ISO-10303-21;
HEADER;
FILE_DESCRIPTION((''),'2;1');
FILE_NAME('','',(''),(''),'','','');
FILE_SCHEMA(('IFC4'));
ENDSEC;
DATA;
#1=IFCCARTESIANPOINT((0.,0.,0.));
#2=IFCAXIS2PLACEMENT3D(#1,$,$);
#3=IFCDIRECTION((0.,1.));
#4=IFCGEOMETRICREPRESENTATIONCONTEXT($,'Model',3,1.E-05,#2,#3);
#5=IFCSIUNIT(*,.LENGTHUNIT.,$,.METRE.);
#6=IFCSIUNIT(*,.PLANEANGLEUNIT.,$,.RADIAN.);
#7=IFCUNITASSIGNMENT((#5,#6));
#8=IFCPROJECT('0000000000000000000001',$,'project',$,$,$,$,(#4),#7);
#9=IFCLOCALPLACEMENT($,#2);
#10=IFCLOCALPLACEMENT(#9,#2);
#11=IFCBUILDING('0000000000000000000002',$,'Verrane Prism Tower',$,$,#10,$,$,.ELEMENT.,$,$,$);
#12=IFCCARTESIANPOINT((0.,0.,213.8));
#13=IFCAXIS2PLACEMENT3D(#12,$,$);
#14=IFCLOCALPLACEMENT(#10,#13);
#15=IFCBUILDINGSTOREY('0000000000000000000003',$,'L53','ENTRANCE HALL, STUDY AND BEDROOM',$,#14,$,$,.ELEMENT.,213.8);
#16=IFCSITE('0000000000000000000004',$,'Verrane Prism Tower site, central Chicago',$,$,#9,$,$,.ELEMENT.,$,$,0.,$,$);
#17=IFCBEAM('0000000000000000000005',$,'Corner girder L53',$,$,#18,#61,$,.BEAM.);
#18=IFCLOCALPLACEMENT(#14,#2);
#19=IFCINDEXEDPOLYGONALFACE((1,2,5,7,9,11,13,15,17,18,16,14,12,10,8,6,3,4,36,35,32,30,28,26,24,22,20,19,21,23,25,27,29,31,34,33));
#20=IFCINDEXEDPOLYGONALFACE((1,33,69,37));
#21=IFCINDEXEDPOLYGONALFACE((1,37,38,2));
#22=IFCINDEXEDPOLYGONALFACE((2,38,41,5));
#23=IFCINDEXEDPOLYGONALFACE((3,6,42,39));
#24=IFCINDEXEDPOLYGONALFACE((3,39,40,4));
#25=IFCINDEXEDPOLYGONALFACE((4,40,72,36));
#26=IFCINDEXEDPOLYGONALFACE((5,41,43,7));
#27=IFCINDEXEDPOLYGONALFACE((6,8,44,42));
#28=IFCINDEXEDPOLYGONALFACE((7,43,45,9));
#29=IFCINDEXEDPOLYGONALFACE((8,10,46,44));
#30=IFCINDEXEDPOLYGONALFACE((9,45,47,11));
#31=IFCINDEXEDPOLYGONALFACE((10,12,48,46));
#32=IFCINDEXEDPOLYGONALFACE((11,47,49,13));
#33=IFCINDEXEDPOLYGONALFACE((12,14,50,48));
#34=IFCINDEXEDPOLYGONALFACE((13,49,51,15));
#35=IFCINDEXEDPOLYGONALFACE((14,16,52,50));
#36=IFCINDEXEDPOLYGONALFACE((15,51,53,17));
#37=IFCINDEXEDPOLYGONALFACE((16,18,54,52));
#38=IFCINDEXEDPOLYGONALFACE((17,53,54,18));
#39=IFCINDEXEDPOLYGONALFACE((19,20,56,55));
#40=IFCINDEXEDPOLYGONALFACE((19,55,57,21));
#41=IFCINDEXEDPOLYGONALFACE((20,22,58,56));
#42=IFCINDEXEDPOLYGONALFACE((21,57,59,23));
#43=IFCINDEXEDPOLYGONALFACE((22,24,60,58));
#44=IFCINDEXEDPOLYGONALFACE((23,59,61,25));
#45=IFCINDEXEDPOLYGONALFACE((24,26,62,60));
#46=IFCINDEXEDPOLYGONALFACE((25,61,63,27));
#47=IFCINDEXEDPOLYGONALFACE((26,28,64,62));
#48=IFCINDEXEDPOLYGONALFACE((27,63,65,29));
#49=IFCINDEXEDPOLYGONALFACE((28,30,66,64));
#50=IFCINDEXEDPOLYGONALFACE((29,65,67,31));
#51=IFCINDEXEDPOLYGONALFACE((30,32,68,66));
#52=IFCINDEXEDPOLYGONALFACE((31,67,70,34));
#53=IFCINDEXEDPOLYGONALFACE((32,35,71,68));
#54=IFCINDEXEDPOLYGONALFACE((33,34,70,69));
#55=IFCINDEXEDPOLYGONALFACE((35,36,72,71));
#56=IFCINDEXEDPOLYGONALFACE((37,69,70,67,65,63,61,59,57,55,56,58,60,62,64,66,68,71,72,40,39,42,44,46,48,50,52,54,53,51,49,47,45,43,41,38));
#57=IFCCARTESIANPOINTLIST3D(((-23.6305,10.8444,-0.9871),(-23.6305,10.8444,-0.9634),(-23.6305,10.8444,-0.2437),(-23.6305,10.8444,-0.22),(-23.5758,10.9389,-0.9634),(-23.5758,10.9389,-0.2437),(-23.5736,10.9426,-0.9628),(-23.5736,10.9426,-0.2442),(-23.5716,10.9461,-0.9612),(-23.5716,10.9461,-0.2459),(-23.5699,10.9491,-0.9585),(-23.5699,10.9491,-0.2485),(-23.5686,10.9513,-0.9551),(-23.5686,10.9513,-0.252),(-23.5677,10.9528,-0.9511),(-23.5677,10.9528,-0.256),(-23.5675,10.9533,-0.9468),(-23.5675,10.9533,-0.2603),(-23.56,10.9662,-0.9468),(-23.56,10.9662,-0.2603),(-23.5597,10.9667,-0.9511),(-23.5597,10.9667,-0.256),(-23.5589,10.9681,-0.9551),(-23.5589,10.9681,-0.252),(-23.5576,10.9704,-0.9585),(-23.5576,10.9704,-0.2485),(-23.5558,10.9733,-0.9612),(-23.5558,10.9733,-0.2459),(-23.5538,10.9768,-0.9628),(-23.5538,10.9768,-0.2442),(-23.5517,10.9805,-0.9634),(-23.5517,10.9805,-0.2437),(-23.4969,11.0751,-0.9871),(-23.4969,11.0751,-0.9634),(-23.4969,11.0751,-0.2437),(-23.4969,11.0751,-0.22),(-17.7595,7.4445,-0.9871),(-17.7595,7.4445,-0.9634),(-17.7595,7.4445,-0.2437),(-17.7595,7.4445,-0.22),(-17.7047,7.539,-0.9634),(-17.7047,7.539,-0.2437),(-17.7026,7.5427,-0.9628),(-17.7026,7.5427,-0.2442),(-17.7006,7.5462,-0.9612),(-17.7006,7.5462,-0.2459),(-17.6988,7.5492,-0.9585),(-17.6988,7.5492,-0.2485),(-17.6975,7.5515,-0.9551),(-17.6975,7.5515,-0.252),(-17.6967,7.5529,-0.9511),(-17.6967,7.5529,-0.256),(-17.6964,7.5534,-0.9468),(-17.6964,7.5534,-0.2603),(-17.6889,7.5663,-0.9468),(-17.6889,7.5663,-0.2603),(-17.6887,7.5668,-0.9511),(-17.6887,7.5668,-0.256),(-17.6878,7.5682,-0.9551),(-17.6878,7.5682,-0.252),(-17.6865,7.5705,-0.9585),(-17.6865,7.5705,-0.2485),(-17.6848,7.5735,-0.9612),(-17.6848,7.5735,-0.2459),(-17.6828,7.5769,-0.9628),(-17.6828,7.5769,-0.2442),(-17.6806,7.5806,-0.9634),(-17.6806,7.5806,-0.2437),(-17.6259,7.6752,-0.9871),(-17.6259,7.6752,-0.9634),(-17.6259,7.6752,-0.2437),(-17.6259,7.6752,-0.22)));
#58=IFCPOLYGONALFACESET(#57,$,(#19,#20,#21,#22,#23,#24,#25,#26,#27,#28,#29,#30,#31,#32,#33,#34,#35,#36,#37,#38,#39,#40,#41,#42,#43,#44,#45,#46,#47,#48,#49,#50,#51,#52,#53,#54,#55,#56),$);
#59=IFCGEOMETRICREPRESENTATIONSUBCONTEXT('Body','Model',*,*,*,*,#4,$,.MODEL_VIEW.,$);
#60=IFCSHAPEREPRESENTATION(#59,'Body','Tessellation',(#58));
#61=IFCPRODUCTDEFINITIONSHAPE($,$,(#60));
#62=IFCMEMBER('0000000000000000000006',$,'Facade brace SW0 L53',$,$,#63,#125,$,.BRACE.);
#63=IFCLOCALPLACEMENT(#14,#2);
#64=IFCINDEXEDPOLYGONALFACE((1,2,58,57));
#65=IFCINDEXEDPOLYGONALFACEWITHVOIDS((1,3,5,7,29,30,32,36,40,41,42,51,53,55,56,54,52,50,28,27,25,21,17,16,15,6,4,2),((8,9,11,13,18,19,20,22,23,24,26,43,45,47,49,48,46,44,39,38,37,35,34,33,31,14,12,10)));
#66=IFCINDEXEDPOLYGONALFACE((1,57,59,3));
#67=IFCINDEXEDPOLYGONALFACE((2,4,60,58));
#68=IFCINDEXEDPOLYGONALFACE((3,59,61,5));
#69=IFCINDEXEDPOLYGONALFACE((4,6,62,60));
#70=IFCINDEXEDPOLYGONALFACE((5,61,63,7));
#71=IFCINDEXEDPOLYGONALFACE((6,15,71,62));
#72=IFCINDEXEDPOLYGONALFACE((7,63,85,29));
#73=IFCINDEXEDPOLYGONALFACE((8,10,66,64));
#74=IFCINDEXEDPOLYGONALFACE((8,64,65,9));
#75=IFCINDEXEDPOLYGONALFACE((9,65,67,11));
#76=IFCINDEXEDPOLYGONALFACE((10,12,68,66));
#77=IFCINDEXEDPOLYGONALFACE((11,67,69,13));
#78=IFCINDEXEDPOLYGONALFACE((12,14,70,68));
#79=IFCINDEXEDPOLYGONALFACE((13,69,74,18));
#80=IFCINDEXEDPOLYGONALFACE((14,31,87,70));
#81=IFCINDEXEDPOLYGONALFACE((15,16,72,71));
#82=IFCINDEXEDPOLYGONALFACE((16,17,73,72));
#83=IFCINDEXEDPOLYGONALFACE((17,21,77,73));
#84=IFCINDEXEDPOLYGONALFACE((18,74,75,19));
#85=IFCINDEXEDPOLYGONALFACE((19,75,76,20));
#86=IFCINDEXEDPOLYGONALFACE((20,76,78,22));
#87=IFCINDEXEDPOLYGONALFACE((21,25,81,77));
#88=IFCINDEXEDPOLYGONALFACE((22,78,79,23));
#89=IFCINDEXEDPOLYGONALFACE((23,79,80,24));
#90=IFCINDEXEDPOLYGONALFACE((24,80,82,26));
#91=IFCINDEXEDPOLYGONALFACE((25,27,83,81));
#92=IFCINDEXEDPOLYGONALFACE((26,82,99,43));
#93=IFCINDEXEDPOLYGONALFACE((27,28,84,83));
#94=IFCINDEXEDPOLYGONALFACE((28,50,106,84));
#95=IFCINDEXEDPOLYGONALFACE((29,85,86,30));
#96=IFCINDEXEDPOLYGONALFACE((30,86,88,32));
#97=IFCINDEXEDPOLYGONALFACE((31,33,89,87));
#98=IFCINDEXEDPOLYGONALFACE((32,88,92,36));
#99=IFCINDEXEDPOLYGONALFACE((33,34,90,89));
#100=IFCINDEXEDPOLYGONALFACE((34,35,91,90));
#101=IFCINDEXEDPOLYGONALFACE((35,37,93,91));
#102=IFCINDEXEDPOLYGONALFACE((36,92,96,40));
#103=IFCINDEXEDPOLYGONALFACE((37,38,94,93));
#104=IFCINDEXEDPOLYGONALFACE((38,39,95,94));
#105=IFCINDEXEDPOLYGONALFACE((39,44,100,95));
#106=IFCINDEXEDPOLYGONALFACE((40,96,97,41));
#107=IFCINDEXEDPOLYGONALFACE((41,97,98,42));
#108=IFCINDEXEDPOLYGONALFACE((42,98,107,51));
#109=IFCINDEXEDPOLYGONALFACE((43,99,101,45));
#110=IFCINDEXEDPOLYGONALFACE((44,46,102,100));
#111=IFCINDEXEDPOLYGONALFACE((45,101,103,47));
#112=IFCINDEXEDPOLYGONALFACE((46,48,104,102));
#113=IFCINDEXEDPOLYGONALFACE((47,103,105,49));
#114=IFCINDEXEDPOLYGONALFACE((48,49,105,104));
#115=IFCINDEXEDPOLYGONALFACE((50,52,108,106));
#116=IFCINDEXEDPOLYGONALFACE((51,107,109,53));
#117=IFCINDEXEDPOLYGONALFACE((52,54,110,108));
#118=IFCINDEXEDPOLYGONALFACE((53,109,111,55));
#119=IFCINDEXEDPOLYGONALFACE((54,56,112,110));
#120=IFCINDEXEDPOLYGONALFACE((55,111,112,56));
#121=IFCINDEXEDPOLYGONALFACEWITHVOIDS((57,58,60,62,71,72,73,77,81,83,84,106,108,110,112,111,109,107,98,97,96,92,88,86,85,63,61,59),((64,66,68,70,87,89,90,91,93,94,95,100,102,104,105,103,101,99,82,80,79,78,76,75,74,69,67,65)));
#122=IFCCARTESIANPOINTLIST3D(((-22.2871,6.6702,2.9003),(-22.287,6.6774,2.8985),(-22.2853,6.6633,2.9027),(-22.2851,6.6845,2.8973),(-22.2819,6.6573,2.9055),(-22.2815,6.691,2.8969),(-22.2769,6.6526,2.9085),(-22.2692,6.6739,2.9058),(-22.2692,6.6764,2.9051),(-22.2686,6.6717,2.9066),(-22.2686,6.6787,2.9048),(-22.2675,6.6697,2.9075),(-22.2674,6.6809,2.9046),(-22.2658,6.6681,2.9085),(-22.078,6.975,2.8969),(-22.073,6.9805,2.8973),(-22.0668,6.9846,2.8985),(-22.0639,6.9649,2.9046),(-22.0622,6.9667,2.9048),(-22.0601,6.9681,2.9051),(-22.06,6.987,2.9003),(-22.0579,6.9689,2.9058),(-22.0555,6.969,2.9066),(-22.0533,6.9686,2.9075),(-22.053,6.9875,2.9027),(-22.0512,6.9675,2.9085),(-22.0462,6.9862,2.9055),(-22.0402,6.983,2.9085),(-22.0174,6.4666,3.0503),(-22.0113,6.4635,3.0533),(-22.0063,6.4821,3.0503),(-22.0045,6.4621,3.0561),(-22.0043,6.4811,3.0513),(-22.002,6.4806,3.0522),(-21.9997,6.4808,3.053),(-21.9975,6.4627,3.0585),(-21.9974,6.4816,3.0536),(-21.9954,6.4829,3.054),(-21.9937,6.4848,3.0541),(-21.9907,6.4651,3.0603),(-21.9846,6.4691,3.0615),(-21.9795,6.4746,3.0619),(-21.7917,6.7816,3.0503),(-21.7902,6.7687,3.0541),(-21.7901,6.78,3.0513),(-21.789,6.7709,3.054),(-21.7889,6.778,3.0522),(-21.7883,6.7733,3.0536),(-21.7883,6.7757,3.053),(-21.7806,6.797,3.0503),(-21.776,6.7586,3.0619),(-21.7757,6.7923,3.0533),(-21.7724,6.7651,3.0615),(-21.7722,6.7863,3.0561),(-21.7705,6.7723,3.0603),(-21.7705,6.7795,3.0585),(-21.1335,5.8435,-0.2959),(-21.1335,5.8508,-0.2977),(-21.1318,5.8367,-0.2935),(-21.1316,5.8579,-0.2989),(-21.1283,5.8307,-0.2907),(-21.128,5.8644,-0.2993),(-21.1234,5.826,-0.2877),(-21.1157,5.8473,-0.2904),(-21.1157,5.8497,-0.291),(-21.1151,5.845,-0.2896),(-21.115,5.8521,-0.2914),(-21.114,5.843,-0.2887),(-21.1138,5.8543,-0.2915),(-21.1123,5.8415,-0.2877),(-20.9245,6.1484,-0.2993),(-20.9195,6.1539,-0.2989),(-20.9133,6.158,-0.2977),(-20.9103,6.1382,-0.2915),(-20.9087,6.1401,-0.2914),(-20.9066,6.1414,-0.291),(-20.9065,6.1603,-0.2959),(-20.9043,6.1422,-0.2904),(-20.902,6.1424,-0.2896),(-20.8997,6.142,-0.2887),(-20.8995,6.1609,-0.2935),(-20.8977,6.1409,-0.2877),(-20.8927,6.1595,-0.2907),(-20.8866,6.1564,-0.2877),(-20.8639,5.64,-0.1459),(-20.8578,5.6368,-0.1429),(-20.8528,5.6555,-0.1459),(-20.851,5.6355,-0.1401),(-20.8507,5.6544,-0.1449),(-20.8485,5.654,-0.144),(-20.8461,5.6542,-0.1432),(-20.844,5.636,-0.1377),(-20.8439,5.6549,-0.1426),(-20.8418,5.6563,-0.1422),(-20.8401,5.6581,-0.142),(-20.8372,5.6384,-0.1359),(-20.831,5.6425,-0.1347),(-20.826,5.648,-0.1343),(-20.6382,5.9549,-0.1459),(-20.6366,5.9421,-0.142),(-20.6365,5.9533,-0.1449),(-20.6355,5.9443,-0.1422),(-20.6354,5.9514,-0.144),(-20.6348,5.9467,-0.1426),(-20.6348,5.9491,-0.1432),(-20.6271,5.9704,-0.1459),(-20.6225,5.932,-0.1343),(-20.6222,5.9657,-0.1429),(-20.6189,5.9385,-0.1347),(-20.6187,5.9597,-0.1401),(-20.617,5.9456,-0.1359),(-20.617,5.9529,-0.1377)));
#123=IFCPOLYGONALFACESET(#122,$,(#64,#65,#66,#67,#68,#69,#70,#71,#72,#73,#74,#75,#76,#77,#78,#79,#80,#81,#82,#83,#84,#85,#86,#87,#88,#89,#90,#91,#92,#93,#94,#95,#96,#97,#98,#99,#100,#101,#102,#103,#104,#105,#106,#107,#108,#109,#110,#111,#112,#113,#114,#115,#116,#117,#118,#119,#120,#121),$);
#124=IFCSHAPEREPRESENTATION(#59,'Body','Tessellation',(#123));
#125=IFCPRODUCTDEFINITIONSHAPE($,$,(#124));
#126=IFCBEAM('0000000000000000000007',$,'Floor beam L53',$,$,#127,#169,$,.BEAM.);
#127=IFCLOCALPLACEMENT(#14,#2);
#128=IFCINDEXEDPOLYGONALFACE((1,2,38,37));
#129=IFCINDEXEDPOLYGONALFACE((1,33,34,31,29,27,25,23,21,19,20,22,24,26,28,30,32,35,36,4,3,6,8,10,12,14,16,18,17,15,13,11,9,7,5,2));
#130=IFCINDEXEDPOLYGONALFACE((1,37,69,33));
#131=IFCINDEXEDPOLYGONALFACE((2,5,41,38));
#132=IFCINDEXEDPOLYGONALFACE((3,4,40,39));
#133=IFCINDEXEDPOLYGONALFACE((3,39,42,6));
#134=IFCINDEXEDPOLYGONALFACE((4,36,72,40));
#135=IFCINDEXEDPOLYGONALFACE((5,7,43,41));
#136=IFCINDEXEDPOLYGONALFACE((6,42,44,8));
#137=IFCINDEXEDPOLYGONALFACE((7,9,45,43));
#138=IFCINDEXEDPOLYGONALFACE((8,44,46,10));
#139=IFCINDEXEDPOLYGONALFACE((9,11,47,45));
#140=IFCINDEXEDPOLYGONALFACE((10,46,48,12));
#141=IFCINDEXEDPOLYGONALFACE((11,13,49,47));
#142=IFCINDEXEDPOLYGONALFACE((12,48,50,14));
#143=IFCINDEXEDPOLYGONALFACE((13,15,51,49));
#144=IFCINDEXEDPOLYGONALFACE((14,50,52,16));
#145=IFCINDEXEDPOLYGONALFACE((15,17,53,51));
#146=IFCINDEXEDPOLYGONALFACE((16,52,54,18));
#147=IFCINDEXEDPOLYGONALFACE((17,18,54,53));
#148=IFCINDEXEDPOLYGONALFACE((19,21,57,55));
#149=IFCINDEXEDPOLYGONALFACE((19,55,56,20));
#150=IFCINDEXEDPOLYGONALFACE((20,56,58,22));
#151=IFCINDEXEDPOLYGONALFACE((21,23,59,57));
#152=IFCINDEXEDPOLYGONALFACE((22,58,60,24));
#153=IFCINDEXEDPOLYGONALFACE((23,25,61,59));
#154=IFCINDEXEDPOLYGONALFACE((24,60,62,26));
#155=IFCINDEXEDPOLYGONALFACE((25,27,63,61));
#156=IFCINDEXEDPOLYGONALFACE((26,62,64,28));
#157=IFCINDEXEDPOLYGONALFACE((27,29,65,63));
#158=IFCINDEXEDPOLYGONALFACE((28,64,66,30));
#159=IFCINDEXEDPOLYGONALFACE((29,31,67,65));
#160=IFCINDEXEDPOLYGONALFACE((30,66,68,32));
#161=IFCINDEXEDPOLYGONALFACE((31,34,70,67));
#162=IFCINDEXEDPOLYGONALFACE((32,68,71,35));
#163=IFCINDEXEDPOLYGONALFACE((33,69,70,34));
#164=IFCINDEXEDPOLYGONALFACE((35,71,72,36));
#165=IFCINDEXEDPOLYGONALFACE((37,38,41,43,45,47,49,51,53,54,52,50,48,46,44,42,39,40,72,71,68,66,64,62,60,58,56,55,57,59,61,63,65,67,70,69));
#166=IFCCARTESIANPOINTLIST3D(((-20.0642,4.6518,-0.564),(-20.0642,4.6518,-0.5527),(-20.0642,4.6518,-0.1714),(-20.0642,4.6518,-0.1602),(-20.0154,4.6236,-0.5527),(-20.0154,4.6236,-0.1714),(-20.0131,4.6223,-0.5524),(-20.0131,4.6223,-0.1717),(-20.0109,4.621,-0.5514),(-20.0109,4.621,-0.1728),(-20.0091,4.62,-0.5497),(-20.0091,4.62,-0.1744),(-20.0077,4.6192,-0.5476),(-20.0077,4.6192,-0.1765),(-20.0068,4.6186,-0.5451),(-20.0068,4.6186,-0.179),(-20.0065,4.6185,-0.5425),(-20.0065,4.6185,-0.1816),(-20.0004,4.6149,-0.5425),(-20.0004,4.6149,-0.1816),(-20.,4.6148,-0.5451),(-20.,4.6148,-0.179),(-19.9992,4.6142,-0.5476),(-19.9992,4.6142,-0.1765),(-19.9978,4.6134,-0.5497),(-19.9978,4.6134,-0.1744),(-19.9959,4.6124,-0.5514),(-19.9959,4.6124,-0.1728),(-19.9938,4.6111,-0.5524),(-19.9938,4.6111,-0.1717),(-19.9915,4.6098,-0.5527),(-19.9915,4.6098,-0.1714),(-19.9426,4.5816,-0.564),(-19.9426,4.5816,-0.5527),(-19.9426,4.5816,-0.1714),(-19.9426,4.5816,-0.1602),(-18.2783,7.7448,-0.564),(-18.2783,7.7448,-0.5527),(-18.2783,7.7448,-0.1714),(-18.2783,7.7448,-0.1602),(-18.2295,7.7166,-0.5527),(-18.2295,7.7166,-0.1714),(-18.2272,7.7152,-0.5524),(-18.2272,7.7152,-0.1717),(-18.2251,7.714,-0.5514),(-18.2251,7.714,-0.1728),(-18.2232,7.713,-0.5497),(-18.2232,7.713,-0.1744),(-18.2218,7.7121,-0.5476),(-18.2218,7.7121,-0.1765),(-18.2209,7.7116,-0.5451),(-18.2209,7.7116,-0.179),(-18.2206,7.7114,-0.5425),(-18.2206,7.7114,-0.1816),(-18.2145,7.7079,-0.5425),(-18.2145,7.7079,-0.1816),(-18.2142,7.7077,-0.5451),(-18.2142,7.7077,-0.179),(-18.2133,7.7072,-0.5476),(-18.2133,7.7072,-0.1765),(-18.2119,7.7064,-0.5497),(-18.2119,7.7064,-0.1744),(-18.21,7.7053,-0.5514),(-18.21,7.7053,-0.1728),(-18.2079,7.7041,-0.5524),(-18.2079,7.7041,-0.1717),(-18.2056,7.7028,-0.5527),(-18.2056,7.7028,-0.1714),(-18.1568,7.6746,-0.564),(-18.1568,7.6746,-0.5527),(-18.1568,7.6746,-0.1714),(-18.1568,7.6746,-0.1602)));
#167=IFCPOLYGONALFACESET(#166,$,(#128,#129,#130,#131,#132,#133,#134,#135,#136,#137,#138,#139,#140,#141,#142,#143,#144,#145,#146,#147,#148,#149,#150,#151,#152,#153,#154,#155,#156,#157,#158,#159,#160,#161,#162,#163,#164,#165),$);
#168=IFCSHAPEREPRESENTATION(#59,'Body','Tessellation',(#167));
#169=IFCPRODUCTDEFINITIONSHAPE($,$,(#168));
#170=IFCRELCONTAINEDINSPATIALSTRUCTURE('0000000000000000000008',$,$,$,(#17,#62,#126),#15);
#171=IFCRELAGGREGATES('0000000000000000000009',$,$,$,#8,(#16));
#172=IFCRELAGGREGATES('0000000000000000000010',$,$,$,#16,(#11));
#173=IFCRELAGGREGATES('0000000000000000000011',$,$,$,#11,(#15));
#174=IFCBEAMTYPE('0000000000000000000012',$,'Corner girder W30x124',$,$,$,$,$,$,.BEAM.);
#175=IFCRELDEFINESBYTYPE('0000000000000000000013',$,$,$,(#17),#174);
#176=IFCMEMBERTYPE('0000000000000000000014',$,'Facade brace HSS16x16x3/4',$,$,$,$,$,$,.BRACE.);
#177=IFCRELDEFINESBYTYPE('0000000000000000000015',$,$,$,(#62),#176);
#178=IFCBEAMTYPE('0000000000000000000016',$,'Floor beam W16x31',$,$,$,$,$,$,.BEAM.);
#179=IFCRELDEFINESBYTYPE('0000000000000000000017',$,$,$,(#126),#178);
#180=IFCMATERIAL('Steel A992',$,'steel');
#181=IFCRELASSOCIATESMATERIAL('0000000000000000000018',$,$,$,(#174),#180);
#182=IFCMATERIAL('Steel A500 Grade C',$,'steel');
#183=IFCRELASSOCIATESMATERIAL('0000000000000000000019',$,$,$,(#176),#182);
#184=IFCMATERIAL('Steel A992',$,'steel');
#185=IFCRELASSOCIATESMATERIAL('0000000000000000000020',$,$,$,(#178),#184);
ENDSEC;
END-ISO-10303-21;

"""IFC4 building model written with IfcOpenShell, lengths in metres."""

from ifc_helpers import new_model, si_unit, direction, frame, origin, origin_2d, place, context, subcontext, project, spatial, hollow_rectangle, i_section, extrude, material, material_profile, profile_set, type_object, element, save


model = new_model("IFC4")

# Units and contexts
model_context = context("Model", 3, precision=1e-05, world=origin(), true_north=direction((0.0, 1.0)))
body_context = subcontext(model_context, "Body", "Model", "MODEL_VIEW")
ifc_project = project(units=[si_unit("LENGTHUNIT", "METRE"), si_unit("PLANEANGLEUNIT", "RADIAN")], contexts=[model_context])

# Site, building, storey
site_placement = place(None, origin())
site = spatial("IfcSite", under=ifc_project, at=site_placement, Name="Verrane Prism Tower site, central Chicago", CompositionType="ELEMENT", RefElevation=0.0)
building_placement = place(site_placement, origin())
building = spatial("IfcBuilding", under=site, at=building_placement, Name="Verrane Prism Tower", CompositionType="ELEMENT")
storey_placement = place(building_placement, frame((0.0, 0.0, 213.8)))
storey = spatial("IfcBuildingStorey", under=building, at=storey_placement, Name="L53", Description="ENTRANCE HALL, STUDY AND BEDROOM", CompositionType="ELEMENT", Elevation=213.8)

# Beam
ifc_material_1 = material(Name="Steel A992", Category="steel")
ifc_material_profile_1 = material_profile(ifc_material_1, i_section(OverallWidth=0.2666, OverallDepth=0.7671, WebThickness=0.0149, FlangeThickness=0.0237, FilletRadius=0.0166, at=origin_2d()), Name="W30x124")
ifc_profile_set_1 = profile_set([ifc_material_profile_1], Name="Steel A992")
beam_type_1 = type_object("IfcBeamType", Name="Corner girder W30x124", PredefinedType="BEAM", material=ifc_profile_set_1)
beam_1_placement = place(storey_placement, frame((-23.5637, 10.9597, -0.6035), z_axis=(0.865372, -0.50113, 0.0), x_axis=(0.50113, 0.865372, 0.0)))
element("IfcBeam", 1, at=beam_1_placement, inside=storey, type_object=beam_type_1, Name="Corner girder L53", PredefinedType="BEAM", context=body_context, shape_type="SweptSolid", body=[
    extrude(i_section(OverallWidth=0.2666, OverallDepth=0.7671, WebThickness=0.0149, FlangeThickness=0.0237, FilletRadius=0.0166, at=origin_2d()), origin(), (0.0, 0.0, 1.0), 6.7844),
])

# Member
ifc_material_2 = material(Name="Steel A500 Grade C", Category="steel")
ifc_material_profile_2 = material_profile(ifc_material_2, hollow_rectangle(XDim=0.4065, YDim=0.4065, WallThickness=0.019, InnerFilletRadius=0.0095, OuterFilletRadius=0.0286, at=origin_2d()), Name="HSS16x16x3/4")
ifc_profile_set_2 = profile_set([ifc_material_profile_2], Name="Steel A500 Grade C")
member_type_1 = type_object("IfcMemberType", Name="Facade brace HSS16x16x3/4", PredefinedType="BRACE", material=ifc_profile_set_2)
member_1_placement = place(storey_placement, frame((-20.8752, 5.8982, -0.2168), z_axis=(-0.329855, 0.236378, 0.913959), x_axis=(-0.582491, -0.812837, 0.0)))
element("IfcMember", 2, at=member_1_placement, inside=storey, type_object=member_type_1, Name="Facade brace SW0 L53", PredefinedType="BRACE", context=body_context, shape_type="SweptSolid", body=[
    extrude(hollow_rectangle(XDim=0.4065, YDim=0.4065, WallThickness=0.019, InnerFilletRadius=0.0095, OuterFilletRadius=0.0286, at=origin_2d()), origin(), (0.0, 0.0, 1.0), 3.4971),
])

# Beam
ifc_material_3 = material(Name="Steel A992", Category="steel")
ifc_material_profile_3 = material_profile(ifc_material_3, i_section(OverallWidth=0.1404, OverallDepth=0.4038, WebThickness=0.0071, FlangeThickness=0.0112, FilletRadius=0.0103, at=origin_2d()), Name="W16x31")
ifc_profile_set_3 = profile_set([ifc_material_profile_3], Name="Steel A992")
beam_type_2 = type_object("IfcBeamType", Name="Floor beam W16x31", PredefinedType="BEAM", material=ifc_profile_set_3)
beam_2_placement = place(storey_placement, frame((-20.0034, 4.6167, -0.3621), z_axis=(0.500028, 0.866009, 0.0), x_axis=(-0.866009, 0.500028, 0.0)))
element("IfcBeam", 3, at=beam_2_placement, inside=storey, type_object=beam_type_2, Name="Floor beam L53", PredefinedType="BEAM", context=body_context, shape_type="SweptSolid", body=[
    extrude(i_section(OverallWidth=0.1404, OverallDepth=0.4038, WebThickness=0.0071, FlangeThickness=0.0112, FilletRadius=0.0103, at=origin_2d()), origin(), (0.0, 0.0, 1.0), 3.5715),
])

save(model, "model.ifc")
